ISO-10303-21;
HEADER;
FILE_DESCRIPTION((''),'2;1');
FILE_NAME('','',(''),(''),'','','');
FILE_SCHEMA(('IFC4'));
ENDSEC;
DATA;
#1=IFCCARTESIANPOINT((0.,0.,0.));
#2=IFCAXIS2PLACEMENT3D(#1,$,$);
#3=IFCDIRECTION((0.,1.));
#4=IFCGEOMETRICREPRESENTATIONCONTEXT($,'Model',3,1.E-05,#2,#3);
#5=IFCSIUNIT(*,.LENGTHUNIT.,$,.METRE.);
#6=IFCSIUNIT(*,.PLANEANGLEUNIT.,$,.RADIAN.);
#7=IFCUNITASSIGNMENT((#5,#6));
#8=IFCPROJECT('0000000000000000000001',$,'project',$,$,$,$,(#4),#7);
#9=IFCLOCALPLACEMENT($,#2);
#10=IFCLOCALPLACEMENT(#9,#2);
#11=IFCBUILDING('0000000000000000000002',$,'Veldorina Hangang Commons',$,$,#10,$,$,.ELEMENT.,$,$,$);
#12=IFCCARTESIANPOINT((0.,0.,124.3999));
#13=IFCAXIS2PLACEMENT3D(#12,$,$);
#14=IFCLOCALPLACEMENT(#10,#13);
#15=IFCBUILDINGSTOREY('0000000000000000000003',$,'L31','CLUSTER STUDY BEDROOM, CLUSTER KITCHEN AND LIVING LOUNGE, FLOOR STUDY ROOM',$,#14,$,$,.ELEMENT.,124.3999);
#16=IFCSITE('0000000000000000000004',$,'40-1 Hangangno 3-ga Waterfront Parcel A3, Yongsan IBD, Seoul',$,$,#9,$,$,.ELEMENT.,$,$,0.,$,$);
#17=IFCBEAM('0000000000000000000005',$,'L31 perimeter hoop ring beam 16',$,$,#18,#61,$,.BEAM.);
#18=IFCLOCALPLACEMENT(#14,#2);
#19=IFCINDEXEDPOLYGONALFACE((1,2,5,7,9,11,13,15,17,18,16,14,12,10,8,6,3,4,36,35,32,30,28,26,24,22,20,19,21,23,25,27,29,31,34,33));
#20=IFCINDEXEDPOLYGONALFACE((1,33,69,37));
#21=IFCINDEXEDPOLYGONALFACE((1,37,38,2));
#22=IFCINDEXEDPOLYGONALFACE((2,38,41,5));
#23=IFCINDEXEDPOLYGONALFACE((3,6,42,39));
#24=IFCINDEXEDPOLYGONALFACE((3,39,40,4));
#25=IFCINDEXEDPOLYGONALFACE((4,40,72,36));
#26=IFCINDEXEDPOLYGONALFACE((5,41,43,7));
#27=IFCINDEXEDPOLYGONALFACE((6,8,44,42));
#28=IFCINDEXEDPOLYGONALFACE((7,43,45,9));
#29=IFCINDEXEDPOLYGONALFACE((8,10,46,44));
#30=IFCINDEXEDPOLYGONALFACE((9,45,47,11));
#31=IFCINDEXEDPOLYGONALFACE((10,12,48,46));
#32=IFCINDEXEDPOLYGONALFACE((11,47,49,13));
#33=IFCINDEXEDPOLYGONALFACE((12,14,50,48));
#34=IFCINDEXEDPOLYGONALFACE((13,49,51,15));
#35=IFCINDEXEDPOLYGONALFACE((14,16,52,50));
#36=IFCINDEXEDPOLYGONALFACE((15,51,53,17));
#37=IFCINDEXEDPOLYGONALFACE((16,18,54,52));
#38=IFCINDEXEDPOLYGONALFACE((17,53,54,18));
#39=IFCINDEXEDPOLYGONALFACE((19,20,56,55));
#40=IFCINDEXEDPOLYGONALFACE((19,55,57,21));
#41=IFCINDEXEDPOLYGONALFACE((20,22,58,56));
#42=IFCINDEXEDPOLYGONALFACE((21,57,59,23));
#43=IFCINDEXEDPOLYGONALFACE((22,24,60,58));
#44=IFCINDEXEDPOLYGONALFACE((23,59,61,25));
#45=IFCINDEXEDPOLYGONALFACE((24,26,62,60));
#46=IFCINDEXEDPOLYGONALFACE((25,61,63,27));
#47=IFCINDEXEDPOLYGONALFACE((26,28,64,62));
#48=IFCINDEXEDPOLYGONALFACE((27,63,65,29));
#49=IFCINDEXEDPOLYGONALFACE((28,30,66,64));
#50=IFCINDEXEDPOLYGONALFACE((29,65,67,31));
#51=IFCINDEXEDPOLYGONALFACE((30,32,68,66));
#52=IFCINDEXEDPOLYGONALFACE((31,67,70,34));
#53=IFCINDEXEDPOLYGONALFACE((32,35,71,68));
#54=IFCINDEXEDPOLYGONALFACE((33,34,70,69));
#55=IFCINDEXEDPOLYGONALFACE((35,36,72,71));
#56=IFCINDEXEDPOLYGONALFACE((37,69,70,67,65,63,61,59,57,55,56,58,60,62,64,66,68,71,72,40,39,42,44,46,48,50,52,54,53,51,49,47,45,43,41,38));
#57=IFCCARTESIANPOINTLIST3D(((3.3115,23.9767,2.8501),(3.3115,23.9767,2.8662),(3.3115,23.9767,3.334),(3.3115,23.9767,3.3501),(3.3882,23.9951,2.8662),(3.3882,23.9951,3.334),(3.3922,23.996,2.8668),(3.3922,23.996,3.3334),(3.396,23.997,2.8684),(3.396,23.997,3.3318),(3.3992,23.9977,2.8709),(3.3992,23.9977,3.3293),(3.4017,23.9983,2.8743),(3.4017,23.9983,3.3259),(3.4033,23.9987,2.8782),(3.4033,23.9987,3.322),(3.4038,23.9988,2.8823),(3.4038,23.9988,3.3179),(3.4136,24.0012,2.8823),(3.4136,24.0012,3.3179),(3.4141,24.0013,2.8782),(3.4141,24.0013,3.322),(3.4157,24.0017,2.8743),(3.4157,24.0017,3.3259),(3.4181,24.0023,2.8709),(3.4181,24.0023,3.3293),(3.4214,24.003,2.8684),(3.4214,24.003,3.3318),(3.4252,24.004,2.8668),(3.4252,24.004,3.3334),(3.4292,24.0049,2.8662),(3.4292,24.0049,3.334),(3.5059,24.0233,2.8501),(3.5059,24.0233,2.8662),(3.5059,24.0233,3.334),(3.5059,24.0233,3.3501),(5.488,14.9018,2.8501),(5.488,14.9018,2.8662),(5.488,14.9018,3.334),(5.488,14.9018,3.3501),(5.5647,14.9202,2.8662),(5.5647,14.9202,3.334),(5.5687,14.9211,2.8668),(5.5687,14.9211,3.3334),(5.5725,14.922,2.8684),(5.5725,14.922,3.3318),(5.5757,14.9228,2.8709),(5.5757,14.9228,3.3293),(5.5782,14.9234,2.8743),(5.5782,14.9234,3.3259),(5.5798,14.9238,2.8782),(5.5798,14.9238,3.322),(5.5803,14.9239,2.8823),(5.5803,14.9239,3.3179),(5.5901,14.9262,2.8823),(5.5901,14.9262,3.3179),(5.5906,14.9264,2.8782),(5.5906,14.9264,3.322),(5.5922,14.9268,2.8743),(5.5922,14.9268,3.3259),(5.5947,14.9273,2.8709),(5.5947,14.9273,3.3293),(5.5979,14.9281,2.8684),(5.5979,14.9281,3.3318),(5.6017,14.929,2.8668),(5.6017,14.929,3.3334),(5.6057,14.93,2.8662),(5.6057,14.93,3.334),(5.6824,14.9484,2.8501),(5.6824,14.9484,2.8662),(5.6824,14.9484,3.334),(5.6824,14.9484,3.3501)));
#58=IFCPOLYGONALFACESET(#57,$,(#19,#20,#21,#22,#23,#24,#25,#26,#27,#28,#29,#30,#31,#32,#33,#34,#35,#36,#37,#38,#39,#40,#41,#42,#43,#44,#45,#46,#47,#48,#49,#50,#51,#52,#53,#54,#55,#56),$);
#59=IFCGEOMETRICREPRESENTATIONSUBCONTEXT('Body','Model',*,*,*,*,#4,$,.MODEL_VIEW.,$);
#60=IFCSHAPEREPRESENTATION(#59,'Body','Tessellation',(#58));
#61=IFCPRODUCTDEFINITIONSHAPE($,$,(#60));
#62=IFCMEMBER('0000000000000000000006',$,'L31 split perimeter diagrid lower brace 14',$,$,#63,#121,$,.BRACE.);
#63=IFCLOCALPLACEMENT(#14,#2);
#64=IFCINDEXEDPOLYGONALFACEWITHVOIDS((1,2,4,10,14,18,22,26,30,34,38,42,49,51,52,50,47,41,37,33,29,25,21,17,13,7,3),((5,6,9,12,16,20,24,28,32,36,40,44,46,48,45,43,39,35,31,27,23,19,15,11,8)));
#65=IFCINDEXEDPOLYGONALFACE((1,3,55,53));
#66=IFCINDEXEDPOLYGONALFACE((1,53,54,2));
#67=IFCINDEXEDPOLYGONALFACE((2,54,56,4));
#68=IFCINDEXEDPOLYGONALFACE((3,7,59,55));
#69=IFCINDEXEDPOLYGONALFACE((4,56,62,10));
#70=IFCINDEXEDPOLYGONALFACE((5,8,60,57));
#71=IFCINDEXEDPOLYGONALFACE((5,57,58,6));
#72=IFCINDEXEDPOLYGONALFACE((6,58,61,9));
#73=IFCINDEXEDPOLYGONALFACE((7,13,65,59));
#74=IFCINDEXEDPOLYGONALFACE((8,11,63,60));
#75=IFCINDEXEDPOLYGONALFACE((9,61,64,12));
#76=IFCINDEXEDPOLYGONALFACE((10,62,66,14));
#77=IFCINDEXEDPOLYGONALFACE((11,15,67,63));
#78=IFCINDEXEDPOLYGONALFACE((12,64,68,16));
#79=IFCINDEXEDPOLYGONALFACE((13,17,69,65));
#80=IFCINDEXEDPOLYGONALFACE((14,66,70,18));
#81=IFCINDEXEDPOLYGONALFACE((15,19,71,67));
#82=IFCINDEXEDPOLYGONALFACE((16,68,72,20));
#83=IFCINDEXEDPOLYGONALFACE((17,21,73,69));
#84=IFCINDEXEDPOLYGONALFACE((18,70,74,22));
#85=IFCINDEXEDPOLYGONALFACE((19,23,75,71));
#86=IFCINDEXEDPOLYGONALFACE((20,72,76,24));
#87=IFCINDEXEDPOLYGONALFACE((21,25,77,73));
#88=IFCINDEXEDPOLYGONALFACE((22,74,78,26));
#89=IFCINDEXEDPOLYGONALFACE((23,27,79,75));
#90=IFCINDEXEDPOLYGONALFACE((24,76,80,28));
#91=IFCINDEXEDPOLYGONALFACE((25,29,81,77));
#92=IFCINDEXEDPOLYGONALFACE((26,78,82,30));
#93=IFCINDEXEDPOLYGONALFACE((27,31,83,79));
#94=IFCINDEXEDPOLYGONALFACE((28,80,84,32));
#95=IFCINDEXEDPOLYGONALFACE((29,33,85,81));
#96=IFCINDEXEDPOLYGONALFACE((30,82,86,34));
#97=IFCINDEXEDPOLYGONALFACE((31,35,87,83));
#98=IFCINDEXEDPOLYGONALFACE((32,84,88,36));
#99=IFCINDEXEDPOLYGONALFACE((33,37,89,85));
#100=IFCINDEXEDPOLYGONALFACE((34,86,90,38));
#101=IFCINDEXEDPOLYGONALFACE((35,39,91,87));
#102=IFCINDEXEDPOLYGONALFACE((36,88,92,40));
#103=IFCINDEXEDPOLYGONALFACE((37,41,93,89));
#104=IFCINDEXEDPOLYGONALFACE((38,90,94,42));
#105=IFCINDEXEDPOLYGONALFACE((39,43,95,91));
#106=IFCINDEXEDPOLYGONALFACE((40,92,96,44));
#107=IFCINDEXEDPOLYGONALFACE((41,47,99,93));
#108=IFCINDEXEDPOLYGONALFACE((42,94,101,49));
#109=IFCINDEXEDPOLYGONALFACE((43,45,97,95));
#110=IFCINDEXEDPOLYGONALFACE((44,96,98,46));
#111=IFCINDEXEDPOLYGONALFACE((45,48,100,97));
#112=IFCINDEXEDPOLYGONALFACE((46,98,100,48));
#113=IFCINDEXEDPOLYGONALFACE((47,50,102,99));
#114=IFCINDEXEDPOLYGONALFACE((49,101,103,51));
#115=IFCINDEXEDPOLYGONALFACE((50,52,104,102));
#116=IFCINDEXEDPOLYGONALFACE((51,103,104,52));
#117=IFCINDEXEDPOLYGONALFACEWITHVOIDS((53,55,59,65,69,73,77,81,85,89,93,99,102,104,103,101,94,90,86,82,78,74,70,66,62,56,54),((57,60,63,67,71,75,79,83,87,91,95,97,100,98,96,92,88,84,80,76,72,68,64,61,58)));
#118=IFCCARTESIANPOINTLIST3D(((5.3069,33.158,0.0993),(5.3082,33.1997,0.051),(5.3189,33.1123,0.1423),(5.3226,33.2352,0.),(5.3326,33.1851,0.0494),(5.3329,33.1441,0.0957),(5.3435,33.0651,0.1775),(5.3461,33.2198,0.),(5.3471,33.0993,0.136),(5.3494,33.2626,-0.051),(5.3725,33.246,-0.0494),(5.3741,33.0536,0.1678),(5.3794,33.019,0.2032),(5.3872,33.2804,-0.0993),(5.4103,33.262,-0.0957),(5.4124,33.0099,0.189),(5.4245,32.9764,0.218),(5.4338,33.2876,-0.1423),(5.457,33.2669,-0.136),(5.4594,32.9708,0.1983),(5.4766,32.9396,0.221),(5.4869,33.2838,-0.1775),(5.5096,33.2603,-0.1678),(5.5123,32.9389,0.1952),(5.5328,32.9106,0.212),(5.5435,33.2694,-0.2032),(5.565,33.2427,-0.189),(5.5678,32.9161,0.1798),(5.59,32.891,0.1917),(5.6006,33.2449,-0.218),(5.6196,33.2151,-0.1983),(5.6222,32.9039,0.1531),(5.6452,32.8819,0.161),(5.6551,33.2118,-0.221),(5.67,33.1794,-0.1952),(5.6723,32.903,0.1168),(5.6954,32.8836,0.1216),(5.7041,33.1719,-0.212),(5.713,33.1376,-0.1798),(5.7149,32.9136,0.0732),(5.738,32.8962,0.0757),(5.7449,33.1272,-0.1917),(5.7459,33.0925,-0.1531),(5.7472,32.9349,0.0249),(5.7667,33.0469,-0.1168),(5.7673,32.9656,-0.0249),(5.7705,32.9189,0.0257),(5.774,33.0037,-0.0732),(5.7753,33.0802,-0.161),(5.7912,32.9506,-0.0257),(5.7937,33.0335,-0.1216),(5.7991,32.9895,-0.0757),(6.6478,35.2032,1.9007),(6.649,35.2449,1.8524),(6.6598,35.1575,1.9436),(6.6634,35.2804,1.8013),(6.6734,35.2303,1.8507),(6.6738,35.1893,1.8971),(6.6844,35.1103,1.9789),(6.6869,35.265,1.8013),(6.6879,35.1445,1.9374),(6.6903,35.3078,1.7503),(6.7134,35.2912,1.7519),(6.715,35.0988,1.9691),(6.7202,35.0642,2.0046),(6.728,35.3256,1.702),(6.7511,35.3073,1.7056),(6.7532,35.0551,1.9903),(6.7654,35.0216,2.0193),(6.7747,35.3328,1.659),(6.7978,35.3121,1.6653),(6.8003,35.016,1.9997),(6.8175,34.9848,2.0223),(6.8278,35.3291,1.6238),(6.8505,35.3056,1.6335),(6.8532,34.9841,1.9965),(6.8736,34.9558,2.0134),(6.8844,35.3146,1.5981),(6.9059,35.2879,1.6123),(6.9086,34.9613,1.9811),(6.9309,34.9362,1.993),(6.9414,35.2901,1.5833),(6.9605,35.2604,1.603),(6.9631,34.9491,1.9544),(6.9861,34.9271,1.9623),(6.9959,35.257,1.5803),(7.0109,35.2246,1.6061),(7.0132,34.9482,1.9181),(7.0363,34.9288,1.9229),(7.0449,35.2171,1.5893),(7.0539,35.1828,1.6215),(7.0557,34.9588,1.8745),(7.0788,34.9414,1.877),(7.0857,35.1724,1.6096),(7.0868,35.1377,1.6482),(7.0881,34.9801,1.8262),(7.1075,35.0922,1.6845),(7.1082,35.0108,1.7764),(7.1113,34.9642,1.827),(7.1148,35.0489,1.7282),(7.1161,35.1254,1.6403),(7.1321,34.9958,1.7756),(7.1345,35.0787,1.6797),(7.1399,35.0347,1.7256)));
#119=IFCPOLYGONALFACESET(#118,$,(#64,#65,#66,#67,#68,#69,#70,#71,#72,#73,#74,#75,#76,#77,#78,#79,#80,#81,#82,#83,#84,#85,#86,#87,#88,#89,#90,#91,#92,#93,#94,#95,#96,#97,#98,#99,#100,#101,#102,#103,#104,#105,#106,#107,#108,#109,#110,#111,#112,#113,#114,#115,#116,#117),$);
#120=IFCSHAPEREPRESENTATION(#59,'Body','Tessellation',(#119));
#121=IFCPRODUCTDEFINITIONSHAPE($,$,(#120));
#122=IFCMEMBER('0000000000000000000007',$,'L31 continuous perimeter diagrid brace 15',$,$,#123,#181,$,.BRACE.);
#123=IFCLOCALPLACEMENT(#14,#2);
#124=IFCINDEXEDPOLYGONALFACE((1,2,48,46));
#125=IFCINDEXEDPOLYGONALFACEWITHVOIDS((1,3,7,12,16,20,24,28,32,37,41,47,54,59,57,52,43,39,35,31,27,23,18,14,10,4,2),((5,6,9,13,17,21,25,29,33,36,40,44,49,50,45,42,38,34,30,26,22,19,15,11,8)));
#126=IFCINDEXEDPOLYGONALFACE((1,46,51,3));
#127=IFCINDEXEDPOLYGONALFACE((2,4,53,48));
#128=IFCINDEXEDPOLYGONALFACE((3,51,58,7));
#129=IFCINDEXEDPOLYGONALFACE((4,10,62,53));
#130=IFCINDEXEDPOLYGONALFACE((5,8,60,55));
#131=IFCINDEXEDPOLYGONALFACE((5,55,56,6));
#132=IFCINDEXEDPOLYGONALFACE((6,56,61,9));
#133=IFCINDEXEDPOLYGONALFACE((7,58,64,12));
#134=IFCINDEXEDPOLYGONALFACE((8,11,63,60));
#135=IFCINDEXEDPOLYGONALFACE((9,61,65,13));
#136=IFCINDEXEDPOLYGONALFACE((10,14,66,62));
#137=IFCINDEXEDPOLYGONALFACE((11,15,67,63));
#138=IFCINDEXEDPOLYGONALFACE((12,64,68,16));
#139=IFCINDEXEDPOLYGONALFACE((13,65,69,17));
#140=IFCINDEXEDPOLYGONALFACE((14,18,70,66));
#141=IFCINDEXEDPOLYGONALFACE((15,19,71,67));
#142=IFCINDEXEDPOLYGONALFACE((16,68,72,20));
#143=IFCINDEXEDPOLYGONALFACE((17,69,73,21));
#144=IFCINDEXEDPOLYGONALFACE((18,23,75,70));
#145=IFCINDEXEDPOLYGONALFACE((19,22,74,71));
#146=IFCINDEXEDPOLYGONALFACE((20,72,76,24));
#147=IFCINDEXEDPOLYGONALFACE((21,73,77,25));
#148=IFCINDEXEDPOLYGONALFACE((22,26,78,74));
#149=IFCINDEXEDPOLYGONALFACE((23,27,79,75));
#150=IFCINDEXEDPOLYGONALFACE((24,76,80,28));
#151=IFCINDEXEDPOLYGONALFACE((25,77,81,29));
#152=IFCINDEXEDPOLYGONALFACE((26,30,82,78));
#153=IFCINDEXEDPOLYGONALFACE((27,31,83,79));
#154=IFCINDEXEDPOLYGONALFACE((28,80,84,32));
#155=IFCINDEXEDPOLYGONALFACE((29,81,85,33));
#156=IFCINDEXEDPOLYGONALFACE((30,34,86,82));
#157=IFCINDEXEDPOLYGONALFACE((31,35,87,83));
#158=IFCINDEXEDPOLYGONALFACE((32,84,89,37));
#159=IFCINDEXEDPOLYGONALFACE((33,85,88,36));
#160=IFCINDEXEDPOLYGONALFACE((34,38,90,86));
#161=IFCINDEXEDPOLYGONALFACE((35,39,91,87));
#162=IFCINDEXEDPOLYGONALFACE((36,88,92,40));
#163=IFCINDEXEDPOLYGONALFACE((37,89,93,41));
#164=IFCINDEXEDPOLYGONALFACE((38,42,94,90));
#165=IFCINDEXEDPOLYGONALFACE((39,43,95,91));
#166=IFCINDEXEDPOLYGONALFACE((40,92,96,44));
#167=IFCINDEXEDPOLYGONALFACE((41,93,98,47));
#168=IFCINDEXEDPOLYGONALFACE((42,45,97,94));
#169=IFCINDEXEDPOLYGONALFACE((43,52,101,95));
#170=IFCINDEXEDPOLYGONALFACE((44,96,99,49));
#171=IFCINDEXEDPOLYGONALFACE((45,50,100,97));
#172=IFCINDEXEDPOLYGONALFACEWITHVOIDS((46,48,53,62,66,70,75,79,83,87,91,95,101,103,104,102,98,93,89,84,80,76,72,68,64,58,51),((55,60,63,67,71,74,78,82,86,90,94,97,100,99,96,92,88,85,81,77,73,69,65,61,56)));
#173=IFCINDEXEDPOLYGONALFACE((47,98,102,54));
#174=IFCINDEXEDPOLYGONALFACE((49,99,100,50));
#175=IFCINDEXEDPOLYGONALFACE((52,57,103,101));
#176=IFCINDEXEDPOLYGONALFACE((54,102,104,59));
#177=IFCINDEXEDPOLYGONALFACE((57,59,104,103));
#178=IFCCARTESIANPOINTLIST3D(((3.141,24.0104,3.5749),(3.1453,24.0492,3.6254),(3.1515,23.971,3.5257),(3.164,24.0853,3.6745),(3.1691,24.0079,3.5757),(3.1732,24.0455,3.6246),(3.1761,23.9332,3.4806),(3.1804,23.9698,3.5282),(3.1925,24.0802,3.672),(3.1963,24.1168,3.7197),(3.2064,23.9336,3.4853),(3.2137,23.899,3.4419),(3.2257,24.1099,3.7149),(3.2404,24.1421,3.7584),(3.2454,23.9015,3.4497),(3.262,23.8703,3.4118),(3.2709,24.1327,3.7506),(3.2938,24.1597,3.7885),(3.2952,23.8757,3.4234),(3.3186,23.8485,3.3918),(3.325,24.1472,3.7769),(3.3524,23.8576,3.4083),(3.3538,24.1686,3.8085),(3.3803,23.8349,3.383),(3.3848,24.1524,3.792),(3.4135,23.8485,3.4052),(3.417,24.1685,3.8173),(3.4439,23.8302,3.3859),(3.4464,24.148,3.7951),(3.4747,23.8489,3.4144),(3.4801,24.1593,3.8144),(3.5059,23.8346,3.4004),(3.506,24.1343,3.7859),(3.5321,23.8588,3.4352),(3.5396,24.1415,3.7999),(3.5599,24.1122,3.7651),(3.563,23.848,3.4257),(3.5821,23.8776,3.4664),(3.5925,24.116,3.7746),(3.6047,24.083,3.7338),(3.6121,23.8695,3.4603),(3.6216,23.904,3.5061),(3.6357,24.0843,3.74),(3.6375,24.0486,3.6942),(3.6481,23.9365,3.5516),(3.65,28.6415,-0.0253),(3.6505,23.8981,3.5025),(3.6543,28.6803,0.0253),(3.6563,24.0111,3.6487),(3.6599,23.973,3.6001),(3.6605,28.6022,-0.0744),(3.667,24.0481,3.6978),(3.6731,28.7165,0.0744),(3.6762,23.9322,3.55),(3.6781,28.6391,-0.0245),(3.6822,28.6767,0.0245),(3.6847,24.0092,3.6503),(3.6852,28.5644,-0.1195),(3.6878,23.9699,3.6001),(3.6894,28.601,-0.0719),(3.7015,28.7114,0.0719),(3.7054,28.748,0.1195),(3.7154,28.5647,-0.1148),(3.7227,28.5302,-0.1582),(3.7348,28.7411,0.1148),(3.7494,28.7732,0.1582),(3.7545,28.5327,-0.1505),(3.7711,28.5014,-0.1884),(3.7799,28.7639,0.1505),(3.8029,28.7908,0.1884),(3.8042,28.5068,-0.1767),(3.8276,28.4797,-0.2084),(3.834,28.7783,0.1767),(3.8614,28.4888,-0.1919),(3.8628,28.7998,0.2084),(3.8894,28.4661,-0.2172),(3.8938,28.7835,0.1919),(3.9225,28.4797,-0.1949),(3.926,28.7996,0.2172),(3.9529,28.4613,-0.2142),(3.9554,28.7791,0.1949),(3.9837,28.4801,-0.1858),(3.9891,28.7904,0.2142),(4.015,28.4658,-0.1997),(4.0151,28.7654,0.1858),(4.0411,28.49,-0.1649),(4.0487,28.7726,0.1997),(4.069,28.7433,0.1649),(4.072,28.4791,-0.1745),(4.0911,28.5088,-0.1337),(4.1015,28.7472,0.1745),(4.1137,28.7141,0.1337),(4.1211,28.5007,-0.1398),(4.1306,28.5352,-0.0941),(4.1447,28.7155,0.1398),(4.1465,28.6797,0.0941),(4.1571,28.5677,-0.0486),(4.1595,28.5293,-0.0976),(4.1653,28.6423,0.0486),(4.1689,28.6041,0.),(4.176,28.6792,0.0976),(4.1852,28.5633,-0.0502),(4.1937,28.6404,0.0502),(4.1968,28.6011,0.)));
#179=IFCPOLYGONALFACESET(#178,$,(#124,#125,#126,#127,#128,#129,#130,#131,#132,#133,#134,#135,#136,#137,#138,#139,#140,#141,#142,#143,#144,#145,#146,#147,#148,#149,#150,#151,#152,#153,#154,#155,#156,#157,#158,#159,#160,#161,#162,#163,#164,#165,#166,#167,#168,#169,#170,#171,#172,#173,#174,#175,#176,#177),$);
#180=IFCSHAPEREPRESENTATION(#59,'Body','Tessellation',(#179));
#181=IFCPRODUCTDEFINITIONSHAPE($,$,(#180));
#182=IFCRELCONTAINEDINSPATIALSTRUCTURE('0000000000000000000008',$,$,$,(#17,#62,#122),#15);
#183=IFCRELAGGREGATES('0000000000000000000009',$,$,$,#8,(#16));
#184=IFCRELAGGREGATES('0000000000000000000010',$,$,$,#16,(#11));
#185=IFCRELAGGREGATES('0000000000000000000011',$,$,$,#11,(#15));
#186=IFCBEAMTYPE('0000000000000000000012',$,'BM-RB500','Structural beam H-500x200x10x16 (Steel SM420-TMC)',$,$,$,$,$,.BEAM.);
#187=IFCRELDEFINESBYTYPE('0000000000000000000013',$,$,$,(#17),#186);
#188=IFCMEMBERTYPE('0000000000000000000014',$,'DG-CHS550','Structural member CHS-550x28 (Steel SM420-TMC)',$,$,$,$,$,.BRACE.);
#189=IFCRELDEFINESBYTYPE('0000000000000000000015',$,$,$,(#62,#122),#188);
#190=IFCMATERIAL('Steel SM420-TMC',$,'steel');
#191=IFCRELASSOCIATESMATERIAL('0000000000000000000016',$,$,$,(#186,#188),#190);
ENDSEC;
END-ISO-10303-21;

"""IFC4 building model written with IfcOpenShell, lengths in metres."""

from ifc_helpers import new_model, si_unit, direction, frame, origin, origin_2d, place, context, subcontext, project, spatial, hollow_circle, i_section, extrude, material, material_profile, profile_set, type_object, element, save


model = new_model("IFC4")

# Units and contexts
model_context = context("Model", 3, precision=1e-05, world=origin(), true_north=direction((0.0, 1.0)))
body_context = subcontext(model_context, "Body", "Model", "MODEL_VIEW")
ifc_project = project(units=[si_unit("LENGTHUNIT", "METRE"), si_unit("PLANEANGLEUNIT", "RADIAN")], contexts=[model_context])

# Site, building, storey
site_placement = place(None, origin())
site = spatial("IfcSite", under=ifc_project, at=site_placement, Name="40-1 Hangangno 3-ga Waterfront Parcel A3, Yongsan IBD, Seoul", CompositionType="ELEMENT", RefElevation=0.0)
building_placement = place(site_placement, origin())
building = spatial("IfcBuilding", under=site, at=building_placement, Name="Veldorina Hangang Commons", CompositionType="ELEMENT")
storey_placement = place(building_placement, frame((0.0, 0.0, 124.3999)))
storey = spatial("IfcBuildingStorey", under=building, at=storey_placement, Name="L31", Description="CLUSTER STUDY BEDROOM, CLUSTER KITCHEN AND LIVING LOUNGE, FLOOR STUDY ROOM", CompositionType="ELEMENT", Elevation=124.3999)

# Beam
ifc_material_1 = material(Name="Steel SM420-TMC", Category="steel")
ifc_material_profile_1 = material_profile(ifc_material_1, i_section(OverallWidth=0.2, OverallDepth=0.5, WebThickness=0.01, FlangeThickness=0.0161, FilletRadius=0.0161, at=origin_2d()), Name="H-500x200x10x16")
ifc_profile_set_1 = profile_set([ifc_material_profile_1], Name="Steel SM420-TMC")
beam_type_1 = type_object("IfcBeamType", Name="BM-RB500", Description="Structural beam H-500x200x10x16 (Steel SM420-TMC)", PredefinedType="BEAM", material=ifc_profile_set_1)
for number, where, z_axis, x_axis, name in (
    (1, (3.4087, 24.0, 3.1001), (0.233224, -0.972423, 0.0), (0.972423, 0.233224, 0.0), "L31 perimeter hoop ring beam 16"),
):
    element("IfcBeam", number, at=place(storey_placement, frame(where, z_axis=z_axis, x_axis=x_axis)), inside=storey, type_object=beam_type_1, Name=name, PredefinedType="BEAM", context=body_context, shape_type="SweptSolid", body=[
        extrude(i_section(OverallWidth=0.2, OverallDepth=0.5, WebThickness=0.01, FlangeThickness=0.0161, FilletRadius=0.0161, at=origin_2d()), origin(), (0.0, 0.0, 1.0), 9.3323),
    ])

# Members
ifc_material_profile_2 = material_profile(ifc_material_1, hollow_circle(Radius=0.2749, WallThickness=0.0281, at=origin_2d()), Name="CHS-550x28")
ifc_profile_set_2 = profile_set([ifc_material_profile_2], Name="Steel SM420-TMC")
member_type = type_object("IfcMemberType", Name="DG-CHS550", Description="Structural member CHS-550x28 (Steel SM420-TMC)", PredefinedType="BRACE", material=ifc_profile_set_2)
member_1_placement = place(storey_placement, frame((5.5525, 33.0845, 0.0), z_axis=(0.441454, 0.673354, 0.593053), x_axis=(-0.836295, 0.548279, 0.0)))
element("IfcMember", 2, at=member_1_placement, inside=storey, type_object=member_type, Name="L31 split perimeter diagrid lower brace 14", PredefinedType="BRACE", context=body_context, shape_type="SweptSolid", body=[
    extrude(hollow_circle(Radius=0.2749, WallThickness=0.0281, at=origin_2d()), origin(), (0.0, 0.0, 1.0), 3.0374),
])
member_2_placement = place(storey_placement, frame((3.9236, 28.6311, 0.0), z_axis=(-0.086455, -0.786551, 0.611444), x_axis=(0.994013, -0.109258, 0.0)))
element("IfcMember", 3, at=member_2_placement, inside=storey, type_object=member_type, Name="L31 continuous perimeter diagrid brace 15", PredefinedType="BRACE", context=body_context, shape_type="SweptSolid", body=[
    extrude(hollow_circle(Radius=0.2749, WallThickness=0.0281, at=origin_2d()), origin(), (0.0, 0.0, 1.0), 5.8879),
])

save(model, "model.ifc")
